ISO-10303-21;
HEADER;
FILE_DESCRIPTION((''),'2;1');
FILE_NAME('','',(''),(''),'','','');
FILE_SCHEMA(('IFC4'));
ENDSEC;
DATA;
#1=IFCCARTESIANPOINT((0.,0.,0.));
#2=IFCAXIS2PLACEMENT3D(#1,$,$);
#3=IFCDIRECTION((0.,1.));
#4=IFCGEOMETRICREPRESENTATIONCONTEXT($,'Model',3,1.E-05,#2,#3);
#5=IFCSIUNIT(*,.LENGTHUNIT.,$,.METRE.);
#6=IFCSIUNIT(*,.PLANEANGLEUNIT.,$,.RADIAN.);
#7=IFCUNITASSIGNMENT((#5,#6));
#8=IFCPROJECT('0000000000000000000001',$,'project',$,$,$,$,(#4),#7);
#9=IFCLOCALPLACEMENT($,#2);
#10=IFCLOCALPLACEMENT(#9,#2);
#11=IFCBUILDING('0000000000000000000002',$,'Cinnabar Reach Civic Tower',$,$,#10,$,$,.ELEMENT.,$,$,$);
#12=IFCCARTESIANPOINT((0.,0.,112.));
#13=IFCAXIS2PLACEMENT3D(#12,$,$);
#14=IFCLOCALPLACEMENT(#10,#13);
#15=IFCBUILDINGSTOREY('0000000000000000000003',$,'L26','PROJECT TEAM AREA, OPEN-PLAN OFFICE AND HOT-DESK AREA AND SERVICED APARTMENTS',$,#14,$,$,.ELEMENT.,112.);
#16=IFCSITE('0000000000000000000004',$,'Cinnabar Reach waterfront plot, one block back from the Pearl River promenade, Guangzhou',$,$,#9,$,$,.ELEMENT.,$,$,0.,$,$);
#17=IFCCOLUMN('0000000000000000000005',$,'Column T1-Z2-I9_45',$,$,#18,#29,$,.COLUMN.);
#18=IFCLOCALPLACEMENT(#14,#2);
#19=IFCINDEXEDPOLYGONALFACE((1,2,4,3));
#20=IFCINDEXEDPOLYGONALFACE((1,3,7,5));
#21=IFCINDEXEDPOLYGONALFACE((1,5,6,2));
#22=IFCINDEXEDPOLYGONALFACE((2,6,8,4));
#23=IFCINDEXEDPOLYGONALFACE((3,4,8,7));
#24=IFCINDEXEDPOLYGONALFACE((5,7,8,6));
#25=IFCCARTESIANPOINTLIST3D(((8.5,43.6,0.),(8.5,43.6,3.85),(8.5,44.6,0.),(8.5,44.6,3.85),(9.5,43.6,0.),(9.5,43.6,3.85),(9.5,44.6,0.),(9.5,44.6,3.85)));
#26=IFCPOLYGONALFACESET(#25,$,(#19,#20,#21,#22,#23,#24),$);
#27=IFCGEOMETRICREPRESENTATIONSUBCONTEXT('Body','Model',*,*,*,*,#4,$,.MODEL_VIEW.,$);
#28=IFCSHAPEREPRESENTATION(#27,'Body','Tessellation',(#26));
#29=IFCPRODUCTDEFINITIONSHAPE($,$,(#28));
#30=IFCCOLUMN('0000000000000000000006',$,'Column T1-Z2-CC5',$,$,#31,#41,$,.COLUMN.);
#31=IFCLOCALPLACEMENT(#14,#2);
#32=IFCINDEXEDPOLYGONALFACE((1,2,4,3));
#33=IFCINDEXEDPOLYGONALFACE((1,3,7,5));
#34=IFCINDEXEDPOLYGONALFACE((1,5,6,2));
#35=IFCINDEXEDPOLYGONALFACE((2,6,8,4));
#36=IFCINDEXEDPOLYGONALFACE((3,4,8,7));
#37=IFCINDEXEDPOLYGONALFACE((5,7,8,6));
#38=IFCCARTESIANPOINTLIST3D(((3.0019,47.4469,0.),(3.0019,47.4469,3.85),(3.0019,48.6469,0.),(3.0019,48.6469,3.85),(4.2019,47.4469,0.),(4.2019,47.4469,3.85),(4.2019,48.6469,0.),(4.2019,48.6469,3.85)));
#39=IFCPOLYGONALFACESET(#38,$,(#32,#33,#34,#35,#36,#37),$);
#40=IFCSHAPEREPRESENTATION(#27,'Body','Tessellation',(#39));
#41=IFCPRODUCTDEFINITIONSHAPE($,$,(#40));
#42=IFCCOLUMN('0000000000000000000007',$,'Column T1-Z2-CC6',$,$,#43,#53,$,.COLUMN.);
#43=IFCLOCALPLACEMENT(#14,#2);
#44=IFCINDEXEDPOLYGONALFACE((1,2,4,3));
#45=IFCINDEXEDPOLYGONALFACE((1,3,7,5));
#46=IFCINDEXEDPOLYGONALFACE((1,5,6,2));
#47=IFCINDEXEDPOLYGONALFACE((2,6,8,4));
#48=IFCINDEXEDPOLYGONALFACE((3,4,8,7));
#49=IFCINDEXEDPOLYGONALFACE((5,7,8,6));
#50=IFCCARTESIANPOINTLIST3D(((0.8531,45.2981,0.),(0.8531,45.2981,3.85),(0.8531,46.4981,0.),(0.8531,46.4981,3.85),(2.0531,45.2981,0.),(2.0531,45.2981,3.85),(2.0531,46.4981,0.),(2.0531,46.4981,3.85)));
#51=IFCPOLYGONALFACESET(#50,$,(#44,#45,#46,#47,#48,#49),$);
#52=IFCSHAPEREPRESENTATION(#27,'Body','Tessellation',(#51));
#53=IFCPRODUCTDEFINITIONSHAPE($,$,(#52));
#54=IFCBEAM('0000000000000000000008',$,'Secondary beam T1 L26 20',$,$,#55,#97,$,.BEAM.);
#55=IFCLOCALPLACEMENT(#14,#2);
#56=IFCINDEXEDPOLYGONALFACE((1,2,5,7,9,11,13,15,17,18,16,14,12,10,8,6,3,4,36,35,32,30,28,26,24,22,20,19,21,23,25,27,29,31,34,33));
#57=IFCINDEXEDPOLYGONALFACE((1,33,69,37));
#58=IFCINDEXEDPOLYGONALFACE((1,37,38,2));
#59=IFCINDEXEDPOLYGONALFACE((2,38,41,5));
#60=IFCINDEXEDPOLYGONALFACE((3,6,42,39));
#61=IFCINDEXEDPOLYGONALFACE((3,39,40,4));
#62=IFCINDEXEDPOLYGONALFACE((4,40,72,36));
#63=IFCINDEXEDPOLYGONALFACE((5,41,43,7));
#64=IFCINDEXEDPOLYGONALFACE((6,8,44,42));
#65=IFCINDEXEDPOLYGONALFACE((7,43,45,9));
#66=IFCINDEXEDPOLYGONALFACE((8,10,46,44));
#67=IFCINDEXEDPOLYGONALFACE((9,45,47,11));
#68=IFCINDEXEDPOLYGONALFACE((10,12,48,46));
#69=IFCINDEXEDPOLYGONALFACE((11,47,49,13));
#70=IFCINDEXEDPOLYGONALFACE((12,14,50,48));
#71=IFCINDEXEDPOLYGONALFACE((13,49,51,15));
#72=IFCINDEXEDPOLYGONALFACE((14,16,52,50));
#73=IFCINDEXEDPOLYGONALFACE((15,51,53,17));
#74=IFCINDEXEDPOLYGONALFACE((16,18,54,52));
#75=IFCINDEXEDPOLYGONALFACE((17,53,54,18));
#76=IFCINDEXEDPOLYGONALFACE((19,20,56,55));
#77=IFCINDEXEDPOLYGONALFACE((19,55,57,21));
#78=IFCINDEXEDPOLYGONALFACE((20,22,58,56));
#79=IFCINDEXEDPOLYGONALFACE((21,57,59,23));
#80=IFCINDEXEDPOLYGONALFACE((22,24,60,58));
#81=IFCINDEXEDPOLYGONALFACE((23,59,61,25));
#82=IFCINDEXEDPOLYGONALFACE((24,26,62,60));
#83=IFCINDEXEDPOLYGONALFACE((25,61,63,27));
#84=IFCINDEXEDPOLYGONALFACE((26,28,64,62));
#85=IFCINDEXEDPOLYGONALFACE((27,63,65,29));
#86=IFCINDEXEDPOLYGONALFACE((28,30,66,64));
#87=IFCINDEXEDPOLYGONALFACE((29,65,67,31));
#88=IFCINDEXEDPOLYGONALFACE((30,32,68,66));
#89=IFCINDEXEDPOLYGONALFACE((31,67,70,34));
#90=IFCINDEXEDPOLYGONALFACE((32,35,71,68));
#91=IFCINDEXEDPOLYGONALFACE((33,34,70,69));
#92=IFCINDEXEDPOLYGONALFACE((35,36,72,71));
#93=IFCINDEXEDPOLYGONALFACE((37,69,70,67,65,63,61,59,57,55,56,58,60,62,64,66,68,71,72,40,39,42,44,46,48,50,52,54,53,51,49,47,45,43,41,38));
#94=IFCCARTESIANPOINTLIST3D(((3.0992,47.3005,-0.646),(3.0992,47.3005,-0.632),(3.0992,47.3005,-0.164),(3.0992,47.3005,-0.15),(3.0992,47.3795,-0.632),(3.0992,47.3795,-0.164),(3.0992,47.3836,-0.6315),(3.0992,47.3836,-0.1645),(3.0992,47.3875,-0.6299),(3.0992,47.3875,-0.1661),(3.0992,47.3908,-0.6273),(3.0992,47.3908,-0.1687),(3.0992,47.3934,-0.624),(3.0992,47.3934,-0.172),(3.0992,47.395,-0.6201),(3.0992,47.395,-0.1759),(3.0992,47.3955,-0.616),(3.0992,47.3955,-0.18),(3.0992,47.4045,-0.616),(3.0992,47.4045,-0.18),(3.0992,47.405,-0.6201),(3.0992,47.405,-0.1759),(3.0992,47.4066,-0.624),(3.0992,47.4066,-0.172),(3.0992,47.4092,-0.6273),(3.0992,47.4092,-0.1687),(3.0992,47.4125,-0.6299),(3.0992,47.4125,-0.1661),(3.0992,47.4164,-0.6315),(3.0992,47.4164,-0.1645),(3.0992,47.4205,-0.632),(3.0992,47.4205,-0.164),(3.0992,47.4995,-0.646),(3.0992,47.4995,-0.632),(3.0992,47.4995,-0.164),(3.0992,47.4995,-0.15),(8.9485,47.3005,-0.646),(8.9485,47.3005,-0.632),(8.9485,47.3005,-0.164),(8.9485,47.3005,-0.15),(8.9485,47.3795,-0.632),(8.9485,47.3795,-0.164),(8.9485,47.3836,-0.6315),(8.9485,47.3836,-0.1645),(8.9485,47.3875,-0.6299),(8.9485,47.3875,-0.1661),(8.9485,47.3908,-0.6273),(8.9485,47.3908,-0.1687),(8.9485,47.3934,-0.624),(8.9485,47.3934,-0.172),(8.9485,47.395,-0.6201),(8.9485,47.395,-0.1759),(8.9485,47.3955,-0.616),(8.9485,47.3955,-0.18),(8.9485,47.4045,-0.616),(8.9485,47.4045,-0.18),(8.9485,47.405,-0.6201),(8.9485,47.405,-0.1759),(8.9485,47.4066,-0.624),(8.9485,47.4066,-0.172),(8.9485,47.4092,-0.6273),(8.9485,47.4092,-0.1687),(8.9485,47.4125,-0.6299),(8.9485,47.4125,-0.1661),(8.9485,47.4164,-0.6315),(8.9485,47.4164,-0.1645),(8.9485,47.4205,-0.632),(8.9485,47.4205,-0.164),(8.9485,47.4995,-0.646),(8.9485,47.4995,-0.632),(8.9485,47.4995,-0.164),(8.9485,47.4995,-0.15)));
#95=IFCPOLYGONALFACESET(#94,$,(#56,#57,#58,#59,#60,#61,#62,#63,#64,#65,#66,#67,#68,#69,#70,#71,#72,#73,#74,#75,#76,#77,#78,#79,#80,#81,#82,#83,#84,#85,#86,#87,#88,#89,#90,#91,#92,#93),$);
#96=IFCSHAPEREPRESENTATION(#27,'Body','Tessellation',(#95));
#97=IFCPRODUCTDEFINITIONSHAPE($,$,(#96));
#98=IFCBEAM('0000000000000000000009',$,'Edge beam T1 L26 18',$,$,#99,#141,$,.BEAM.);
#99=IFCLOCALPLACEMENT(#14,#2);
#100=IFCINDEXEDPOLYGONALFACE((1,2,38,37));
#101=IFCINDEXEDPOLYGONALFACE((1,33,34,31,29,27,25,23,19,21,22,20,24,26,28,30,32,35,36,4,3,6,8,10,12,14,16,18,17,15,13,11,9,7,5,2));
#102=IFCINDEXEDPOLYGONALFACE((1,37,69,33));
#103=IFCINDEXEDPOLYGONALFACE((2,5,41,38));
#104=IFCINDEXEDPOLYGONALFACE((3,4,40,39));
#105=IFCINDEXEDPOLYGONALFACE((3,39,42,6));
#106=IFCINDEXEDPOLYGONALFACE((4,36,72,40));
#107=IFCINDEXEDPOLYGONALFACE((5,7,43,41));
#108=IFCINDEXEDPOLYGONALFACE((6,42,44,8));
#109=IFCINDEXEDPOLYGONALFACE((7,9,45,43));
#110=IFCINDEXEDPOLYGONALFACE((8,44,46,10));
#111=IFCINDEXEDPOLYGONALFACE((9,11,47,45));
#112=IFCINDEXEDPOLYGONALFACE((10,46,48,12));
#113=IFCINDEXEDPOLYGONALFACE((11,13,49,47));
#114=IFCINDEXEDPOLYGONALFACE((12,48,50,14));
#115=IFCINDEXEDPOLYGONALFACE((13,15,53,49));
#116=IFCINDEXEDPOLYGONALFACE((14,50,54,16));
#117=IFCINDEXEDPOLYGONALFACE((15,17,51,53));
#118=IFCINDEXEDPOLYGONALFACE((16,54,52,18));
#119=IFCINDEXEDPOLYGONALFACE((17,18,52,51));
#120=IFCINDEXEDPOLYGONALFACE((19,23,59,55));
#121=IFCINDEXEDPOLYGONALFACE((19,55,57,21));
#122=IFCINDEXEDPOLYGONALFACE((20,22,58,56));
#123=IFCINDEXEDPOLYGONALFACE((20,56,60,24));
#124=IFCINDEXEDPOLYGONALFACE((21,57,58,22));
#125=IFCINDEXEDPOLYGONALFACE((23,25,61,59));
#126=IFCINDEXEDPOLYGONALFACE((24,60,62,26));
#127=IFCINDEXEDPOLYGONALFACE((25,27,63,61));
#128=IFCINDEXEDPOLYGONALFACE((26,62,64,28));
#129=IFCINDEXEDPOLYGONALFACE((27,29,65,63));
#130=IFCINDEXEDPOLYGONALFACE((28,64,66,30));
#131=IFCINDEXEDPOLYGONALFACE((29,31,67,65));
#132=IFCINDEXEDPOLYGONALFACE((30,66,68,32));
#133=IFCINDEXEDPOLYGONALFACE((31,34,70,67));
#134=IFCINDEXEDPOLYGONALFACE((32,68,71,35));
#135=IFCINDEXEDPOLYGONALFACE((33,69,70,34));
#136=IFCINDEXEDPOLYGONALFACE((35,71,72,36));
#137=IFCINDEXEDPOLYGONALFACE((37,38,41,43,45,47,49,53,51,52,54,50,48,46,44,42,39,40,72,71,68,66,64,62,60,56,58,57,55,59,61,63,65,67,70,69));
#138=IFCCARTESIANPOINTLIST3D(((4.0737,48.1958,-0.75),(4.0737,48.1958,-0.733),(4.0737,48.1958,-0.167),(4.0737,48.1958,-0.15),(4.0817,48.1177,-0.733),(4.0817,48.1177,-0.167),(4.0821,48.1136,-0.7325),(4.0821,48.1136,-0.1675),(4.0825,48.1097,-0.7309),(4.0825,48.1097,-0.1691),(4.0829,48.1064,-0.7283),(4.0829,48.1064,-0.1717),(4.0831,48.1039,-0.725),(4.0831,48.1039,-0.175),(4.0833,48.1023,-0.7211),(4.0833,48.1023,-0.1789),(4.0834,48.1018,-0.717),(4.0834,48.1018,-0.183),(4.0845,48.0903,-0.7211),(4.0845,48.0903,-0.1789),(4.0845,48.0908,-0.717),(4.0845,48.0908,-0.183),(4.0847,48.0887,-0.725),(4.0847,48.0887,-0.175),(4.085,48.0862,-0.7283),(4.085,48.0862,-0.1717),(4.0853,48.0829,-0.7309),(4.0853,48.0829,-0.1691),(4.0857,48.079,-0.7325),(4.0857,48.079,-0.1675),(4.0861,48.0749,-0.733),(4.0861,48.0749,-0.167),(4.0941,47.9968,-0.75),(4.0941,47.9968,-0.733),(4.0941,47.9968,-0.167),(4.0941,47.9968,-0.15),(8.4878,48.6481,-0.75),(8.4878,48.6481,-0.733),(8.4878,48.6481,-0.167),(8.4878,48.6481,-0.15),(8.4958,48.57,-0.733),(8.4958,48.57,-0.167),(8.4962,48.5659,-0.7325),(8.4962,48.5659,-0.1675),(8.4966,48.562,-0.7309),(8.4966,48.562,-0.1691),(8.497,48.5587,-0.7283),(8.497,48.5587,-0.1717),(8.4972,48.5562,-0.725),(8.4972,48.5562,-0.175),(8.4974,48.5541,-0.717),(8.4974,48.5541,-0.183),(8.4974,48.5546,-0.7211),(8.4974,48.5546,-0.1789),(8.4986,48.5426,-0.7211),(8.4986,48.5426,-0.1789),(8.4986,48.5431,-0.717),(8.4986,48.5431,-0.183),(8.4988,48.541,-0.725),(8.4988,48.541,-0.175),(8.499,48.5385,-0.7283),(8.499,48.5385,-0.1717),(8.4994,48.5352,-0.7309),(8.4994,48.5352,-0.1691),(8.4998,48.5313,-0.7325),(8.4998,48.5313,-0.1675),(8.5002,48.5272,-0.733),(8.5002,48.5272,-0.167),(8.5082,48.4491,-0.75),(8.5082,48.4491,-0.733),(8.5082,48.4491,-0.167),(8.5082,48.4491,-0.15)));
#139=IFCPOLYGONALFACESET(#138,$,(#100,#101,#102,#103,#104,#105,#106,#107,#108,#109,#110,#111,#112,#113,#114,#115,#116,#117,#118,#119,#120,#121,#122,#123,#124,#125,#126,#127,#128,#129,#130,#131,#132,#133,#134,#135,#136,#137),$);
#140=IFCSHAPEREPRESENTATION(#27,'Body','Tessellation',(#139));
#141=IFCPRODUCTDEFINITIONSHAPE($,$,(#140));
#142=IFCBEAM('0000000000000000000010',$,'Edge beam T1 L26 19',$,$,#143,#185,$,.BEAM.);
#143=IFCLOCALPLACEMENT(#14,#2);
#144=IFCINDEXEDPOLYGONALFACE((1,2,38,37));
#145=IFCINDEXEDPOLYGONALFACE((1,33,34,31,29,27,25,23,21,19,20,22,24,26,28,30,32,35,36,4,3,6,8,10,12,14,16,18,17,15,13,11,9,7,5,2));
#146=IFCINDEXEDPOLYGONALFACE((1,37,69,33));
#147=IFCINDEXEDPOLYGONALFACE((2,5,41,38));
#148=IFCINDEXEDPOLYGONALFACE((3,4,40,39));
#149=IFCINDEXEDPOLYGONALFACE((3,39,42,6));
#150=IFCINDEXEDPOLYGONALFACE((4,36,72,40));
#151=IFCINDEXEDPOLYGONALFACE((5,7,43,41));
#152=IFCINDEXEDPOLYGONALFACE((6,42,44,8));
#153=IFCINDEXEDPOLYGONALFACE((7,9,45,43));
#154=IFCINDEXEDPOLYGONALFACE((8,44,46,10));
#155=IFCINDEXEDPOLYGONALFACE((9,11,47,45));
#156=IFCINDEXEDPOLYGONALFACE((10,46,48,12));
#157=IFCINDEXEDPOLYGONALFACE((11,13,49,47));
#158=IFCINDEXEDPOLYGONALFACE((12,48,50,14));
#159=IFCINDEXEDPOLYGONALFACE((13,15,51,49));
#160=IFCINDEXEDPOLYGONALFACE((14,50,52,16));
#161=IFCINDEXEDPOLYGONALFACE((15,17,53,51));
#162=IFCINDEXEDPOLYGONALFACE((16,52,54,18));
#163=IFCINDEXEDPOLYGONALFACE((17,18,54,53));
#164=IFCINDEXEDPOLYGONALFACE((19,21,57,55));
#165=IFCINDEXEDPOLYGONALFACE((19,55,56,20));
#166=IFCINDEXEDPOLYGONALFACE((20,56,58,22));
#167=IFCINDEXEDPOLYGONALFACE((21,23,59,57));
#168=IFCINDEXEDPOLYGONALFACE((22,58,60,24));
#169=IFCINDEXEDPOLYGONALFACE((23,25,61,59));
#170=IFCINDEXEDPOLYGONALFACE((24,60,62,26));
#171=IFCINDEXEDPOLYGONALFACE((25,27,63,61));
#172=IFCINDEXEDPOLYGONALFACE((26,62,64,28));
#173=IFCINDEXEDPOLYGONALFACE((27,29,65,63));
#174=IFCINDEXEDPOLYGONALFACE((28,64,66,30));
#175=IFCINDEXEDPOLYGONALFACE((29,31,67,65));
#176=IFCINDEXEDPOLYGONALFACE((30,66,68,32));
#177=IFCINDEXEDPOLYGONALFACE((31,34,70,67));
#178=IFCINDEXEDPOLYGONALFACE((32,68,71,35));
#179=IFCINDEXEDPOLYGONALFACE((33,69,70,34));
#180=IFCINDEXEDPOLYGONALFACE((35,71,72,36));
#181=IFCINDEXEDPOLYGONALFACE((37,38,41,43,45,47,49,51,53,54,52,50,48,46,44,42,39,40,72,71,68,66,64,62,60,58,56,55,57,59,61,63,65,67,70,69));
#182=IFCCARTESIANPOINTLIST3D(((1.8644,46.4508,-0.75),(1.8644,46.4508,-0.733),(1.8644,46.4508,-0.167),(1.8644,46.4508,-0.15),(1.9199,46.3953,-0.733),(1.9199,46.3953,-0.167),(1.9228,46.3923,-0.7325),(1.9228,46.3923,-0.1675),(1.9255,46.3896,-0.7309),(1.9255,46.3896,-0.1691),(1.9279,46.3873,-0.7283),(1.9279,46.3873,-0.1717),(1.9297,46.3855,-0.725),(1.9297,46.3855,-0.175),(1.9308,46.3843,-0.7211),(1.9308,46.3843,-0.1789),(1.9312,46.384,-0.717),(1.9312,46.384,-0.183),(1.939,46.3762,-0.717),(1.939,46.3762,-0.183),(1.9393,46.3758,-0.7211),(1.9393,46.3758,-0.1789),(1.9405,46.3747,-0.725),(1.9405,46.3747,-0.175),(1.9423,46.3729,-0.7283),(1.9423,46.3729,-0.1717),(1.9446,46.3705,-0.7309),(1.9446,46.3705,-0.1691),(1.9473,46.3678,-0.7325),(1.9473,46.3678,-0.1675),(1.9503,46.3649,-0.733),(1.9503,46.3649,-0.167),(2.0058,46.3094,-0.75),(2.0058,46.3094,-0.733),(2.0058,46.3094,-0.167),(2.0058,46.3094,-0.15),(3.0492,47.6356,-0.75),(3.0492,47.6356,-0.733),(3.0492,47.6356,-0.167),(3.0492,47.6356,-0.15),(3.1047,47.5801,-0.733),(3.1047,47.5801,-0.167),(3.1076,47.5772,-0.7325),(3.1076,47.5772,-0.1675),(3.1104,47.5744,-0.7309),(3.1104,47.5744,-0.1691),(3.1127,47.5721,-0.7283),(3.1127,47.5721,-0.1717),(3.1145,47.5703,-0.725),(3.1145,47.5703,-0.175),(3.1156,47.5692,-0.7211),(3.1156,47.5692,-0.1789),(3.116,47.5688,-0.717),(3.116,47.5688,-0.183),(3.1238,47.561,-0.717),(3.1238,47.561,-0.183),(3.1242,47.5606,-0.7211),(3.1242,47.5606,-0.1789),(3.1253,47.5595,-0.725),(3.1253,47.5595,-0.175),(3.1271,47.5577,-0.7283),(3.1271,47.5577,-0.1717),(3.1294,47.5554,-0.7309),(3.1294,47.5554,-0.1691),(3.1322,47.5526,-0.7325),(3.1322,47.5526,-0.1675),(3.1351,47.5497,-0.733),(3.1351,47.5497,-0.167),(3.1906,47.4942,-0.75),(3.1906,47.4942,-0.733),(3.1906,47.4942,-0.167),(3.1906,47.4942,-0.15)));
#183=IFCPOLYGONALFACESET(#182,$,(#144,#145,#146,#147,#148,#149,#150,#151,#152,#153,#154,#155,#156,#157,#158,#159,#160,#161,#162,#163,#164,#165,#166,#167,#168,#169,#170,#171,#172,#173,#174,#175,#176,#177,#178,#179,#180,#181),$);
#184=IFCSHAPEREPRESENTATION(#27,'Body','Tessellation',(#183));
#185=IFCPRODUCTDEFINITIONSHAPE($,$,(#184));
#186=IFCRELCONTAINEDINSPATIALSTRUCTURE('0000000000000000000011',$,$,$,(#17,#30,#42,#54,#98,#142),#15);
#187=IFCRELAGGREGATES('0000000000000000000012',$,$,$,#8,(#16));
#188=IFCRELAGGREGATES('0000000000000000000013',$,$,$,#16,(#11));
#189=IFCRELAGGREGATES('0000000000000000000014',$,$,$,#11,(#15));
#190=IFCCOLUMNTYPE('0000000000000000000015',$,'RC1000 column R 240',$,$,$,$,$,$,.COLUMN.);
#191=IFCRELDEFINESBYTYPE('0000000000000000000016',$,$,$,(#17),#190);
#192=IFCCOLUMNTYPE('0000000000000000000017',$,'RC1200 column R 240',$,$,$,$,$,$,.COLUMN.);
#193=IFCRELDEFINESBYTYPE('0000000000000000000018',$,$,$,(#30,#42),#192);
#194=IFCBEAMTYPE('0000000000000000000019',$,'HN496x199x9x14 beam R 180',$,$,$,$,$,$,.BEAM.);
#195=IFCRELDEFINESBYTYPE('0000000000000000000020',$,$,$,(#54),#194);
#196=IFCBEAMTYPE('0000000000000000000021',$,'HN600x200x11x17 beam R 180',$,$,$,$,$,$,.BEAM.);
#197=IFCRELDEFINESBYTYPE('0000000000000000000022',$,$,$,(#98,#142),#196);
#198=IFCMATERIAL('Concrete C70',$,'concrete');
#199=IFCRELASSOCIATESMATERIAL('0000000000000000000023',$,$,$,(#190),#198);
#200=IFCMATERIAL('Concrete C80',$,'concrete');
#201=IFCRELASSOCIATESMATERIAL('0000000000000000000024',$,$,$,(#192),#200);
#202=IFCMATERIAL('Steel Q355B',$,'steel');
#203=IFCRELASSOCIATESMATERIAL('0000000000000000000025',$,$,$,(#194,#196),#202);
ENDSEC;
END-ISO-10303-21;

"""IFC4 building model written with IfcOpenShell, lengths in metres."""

from ifc_helpers import new_model, si_unit, direction, frame, origin, origin_2d, place, context, subcontext, project, spatial, rectangle, i_section, extrude, material, material_profile, profile_set, type_object, element, save


model = new_model("IFC4")

# Units and contexts
model_context = context("Model", 3, precision=1e-05, world=origin(), true_north=direction((0.0, 1.0)))
body_context = subcontext(model_context, "Body", "Model", "MODEL_VIEW")
ifc_project = project(units=[si_unit("LENGTHUNIT", "METRE"), si_unit("PLANEANGLEUNIT", "RADIAN")], contexts=[model_context])

# Site, building, storey
site_placement = place(None, origin())
site = spatial("IfcSite", under=ifc_project, at=site_placement, Name="Cinnabar Reach waterfront plot, one block back from the Pearl River promenade, Guangzhou", CompositionType="ELEMENT", RefElevation=0.0)
building_placement = place(site_placement, origin())
building = spatial("IfcBuilding", under=site, at=building_placement, Name="Cinnabar Reach Civic Tower", CompositionType="ELEMENT")
storey_placement = place(building_placement, frame((0.0, 0.0, 112.0)))
storey = spatial("IfcBuildingStorey", under=building, at=storey_placement, Name="L26", Description="PROJECT TEAM AREA, OPEN-PLAN OFFICE AND HOT-DESK AREA AND SERVICED APARTMENTS", CompositionType="ELEMENT", Elevation=112.0)

# Columns
ifc_material_1 = material(Name="Concrete C70", Category="concrete")
ifc_material_profile_1 = material_profile(ifc_material_1, rectangle(XDim=1.0, YDim=1.0, at=origin_2d()), Name="RC1000")
ifc_profile_set_1 = profile_set([ifc_material_profile_1], Name="Concrete C70")
column_type_1 = type_object("IfcColumnType", Name="RC1000 column R 240", PredefinedType="COLUMN", material=ifc_profile_set_1)
column_placement = place(storey_placement, frame((9.0, 44.1, 0.0), z_axis=(0.0, 0.0, 1.0), x_axis=(1.0, 0.0, 0.0)))
element("IfcColumn", 1, at=column_placement, inside=storey, type_object=column_type_1, Name="Column T1-Z2-I9_45", PredefinedType="COLUMN", context=body_context, shape_type="SweptSolid", body=[
    extrude(rectangle(XDim=1.0, YDim=1.0, at=origin_2d()), origin(), (0.0, 0.0, 1.0), 3.85),
])
ifc_material_2 = material(Name="Concrete C80", Category="concrete")
ifc_material_profile_2 = material_profile(ifc_material_2, rectangle(XDim=1.2, YDim=1.2, at=origin_2d()), Name="RC1200")
ifc_profile_set_2 = profile_set([ifc_material_profile_2], Name="Concrete C80")
column_type_2 = type_object("IfcColumnType", Name="RC1200 column R 240", PredefinedType="COLUMN", material=ifc_profile_set_2)
for number, where, z_axis, x_axis, name in (
    (2, (3.6019, 48.0469, 0.0), (0.0, 0.0, 1.0), (1.0, 0.0, 0.0), "Column T1-Z2-CC5"),
    (3, (1.4531, 45.8981, 0.0), (0.0, 0.0, 1.0), (1.0, 0.0, 0.0), "Column T1-Z2-CC6"),
):
    element("IfcColumn", number, at=place(storey_placement, frame(where, z_axis=z_axis, x_axis=x_axis)), inside=storey, type_object=column_type_2, Name=name, PredefinedType="COLUMN", context=body_context, shape_type="SweptSolid", body=[
        extrude(rectangle(XDim=1.2, YDim=1.2, at=origin_2d()), origin(), (0.0, 0.0, 1.0), 3.85),
    ])

# Beams
ifc_material_3 = material(Name="Steel Q355B", Category="steel")
ifc_material_profile_3 = material_profile(ifc_material_3, i_section(OverallWidth=0.199, OverallDepth=0.496, WebThickness=0.009, FlangeThickness=0.014, FilletRadius=0.016, at=origin_2d()), Name="HN496x199x9x14")
ifc_profile_set_3 = profile_set([ifc_material_profile_3], Name="Steel Q355B")
beam_type_1 = type_object("IfcBeamType", Name="HN496x199x9x14 beam R 180", PredefinedType="BEAM", material=ifc_profile_set_3)
beam_1_placement = place(storey_placement, frame((3.0992, 47.4, -0.398), z_axis=(1.0, 0.0, 0.0), x_axis=(0.0, 1.0, 0.0)))
element("IfcBeam", 4, at=beam_1_placement, inside=storey, type_object=beam_type_1, Name="Secondary beam T1 L26 20", PredefinedType="BEAM", context=body_context, shape_type="SweptSolid", body=[
    extrude(i_section(OverallWidth=0.199, OverallDepth=0.496, WebThickness=0.009, FlangeThickness=0.014, FilletRadius=0.016, at=origin_2d()), origin(), (0.0, 0.0, 1.0), 5.8493),
])
ifc_material_profile_4 = material_profile(ifc_material_3, i_section(OverallWidth=0.2, OverallDepth=0.6, WebThickness=0.011, FlangeThickness=0.017, FilletRadius=0.016, at=origin_2d()), Name="HN600x200x11x17")
ifc_profile_set_4 = profile_set([ifc_material_profile_4], Name="Steel Q355B")
beam_type_2 = type_object("IfcBeamType", Name="HN600x200x11x17 beam R 180", PredefinedType="BEAM", material=ifc_profile_set_4)
beam_2_placement = place(storey_placement, frame((8.498, 48.5486, -0.45), z_axis=(-0.994791, -0.101933, 0.0), x_axis=(0.101933, -0.994791, 0.0)))
element("IfcBeam", 5, at=beam_2_placement, inside=storey, type_object=beam_type_2, Name="Edge beam T1 L26 18", PredefinedType="BEAM", context=body_context, shape_type="SweptSolid", body=[
    extrude(i_section(OverallWidth=0.2, OverallDepth=0.6, WebThickness=0.011, FlangeThickness=0.017, FilletRadius=0.016, at=origin_2d()), origin(), (0.0, 0.0, 1.0), 4.4372),
])
beam_3_placement = place(storey_placement, frame((3.1199, 47.5649, -0.45), z_axis=(-0.707107, -0.707107, 0.0), x_axis=(0.707107, -0.707107, 0.0)))
element("IfcBeam", 6, at=beam_3_placement, inside=storey, type_object=beam_type_2, Name="Edge beam T1 L26 19", PredefinedType="BEAM", context=body_context, shape_type="SweptSolid", body=[
    extrude(i_section(OverallWidth=0.2, OverallDepth=0.6, WebThickness=0.011, FlangeThickness=0.017, FilletRadius=0.016, at=origin_2d()), origin(), (0.0, 0.0, 1.0), 1.6756),
])

save(model, "model.ifc")
